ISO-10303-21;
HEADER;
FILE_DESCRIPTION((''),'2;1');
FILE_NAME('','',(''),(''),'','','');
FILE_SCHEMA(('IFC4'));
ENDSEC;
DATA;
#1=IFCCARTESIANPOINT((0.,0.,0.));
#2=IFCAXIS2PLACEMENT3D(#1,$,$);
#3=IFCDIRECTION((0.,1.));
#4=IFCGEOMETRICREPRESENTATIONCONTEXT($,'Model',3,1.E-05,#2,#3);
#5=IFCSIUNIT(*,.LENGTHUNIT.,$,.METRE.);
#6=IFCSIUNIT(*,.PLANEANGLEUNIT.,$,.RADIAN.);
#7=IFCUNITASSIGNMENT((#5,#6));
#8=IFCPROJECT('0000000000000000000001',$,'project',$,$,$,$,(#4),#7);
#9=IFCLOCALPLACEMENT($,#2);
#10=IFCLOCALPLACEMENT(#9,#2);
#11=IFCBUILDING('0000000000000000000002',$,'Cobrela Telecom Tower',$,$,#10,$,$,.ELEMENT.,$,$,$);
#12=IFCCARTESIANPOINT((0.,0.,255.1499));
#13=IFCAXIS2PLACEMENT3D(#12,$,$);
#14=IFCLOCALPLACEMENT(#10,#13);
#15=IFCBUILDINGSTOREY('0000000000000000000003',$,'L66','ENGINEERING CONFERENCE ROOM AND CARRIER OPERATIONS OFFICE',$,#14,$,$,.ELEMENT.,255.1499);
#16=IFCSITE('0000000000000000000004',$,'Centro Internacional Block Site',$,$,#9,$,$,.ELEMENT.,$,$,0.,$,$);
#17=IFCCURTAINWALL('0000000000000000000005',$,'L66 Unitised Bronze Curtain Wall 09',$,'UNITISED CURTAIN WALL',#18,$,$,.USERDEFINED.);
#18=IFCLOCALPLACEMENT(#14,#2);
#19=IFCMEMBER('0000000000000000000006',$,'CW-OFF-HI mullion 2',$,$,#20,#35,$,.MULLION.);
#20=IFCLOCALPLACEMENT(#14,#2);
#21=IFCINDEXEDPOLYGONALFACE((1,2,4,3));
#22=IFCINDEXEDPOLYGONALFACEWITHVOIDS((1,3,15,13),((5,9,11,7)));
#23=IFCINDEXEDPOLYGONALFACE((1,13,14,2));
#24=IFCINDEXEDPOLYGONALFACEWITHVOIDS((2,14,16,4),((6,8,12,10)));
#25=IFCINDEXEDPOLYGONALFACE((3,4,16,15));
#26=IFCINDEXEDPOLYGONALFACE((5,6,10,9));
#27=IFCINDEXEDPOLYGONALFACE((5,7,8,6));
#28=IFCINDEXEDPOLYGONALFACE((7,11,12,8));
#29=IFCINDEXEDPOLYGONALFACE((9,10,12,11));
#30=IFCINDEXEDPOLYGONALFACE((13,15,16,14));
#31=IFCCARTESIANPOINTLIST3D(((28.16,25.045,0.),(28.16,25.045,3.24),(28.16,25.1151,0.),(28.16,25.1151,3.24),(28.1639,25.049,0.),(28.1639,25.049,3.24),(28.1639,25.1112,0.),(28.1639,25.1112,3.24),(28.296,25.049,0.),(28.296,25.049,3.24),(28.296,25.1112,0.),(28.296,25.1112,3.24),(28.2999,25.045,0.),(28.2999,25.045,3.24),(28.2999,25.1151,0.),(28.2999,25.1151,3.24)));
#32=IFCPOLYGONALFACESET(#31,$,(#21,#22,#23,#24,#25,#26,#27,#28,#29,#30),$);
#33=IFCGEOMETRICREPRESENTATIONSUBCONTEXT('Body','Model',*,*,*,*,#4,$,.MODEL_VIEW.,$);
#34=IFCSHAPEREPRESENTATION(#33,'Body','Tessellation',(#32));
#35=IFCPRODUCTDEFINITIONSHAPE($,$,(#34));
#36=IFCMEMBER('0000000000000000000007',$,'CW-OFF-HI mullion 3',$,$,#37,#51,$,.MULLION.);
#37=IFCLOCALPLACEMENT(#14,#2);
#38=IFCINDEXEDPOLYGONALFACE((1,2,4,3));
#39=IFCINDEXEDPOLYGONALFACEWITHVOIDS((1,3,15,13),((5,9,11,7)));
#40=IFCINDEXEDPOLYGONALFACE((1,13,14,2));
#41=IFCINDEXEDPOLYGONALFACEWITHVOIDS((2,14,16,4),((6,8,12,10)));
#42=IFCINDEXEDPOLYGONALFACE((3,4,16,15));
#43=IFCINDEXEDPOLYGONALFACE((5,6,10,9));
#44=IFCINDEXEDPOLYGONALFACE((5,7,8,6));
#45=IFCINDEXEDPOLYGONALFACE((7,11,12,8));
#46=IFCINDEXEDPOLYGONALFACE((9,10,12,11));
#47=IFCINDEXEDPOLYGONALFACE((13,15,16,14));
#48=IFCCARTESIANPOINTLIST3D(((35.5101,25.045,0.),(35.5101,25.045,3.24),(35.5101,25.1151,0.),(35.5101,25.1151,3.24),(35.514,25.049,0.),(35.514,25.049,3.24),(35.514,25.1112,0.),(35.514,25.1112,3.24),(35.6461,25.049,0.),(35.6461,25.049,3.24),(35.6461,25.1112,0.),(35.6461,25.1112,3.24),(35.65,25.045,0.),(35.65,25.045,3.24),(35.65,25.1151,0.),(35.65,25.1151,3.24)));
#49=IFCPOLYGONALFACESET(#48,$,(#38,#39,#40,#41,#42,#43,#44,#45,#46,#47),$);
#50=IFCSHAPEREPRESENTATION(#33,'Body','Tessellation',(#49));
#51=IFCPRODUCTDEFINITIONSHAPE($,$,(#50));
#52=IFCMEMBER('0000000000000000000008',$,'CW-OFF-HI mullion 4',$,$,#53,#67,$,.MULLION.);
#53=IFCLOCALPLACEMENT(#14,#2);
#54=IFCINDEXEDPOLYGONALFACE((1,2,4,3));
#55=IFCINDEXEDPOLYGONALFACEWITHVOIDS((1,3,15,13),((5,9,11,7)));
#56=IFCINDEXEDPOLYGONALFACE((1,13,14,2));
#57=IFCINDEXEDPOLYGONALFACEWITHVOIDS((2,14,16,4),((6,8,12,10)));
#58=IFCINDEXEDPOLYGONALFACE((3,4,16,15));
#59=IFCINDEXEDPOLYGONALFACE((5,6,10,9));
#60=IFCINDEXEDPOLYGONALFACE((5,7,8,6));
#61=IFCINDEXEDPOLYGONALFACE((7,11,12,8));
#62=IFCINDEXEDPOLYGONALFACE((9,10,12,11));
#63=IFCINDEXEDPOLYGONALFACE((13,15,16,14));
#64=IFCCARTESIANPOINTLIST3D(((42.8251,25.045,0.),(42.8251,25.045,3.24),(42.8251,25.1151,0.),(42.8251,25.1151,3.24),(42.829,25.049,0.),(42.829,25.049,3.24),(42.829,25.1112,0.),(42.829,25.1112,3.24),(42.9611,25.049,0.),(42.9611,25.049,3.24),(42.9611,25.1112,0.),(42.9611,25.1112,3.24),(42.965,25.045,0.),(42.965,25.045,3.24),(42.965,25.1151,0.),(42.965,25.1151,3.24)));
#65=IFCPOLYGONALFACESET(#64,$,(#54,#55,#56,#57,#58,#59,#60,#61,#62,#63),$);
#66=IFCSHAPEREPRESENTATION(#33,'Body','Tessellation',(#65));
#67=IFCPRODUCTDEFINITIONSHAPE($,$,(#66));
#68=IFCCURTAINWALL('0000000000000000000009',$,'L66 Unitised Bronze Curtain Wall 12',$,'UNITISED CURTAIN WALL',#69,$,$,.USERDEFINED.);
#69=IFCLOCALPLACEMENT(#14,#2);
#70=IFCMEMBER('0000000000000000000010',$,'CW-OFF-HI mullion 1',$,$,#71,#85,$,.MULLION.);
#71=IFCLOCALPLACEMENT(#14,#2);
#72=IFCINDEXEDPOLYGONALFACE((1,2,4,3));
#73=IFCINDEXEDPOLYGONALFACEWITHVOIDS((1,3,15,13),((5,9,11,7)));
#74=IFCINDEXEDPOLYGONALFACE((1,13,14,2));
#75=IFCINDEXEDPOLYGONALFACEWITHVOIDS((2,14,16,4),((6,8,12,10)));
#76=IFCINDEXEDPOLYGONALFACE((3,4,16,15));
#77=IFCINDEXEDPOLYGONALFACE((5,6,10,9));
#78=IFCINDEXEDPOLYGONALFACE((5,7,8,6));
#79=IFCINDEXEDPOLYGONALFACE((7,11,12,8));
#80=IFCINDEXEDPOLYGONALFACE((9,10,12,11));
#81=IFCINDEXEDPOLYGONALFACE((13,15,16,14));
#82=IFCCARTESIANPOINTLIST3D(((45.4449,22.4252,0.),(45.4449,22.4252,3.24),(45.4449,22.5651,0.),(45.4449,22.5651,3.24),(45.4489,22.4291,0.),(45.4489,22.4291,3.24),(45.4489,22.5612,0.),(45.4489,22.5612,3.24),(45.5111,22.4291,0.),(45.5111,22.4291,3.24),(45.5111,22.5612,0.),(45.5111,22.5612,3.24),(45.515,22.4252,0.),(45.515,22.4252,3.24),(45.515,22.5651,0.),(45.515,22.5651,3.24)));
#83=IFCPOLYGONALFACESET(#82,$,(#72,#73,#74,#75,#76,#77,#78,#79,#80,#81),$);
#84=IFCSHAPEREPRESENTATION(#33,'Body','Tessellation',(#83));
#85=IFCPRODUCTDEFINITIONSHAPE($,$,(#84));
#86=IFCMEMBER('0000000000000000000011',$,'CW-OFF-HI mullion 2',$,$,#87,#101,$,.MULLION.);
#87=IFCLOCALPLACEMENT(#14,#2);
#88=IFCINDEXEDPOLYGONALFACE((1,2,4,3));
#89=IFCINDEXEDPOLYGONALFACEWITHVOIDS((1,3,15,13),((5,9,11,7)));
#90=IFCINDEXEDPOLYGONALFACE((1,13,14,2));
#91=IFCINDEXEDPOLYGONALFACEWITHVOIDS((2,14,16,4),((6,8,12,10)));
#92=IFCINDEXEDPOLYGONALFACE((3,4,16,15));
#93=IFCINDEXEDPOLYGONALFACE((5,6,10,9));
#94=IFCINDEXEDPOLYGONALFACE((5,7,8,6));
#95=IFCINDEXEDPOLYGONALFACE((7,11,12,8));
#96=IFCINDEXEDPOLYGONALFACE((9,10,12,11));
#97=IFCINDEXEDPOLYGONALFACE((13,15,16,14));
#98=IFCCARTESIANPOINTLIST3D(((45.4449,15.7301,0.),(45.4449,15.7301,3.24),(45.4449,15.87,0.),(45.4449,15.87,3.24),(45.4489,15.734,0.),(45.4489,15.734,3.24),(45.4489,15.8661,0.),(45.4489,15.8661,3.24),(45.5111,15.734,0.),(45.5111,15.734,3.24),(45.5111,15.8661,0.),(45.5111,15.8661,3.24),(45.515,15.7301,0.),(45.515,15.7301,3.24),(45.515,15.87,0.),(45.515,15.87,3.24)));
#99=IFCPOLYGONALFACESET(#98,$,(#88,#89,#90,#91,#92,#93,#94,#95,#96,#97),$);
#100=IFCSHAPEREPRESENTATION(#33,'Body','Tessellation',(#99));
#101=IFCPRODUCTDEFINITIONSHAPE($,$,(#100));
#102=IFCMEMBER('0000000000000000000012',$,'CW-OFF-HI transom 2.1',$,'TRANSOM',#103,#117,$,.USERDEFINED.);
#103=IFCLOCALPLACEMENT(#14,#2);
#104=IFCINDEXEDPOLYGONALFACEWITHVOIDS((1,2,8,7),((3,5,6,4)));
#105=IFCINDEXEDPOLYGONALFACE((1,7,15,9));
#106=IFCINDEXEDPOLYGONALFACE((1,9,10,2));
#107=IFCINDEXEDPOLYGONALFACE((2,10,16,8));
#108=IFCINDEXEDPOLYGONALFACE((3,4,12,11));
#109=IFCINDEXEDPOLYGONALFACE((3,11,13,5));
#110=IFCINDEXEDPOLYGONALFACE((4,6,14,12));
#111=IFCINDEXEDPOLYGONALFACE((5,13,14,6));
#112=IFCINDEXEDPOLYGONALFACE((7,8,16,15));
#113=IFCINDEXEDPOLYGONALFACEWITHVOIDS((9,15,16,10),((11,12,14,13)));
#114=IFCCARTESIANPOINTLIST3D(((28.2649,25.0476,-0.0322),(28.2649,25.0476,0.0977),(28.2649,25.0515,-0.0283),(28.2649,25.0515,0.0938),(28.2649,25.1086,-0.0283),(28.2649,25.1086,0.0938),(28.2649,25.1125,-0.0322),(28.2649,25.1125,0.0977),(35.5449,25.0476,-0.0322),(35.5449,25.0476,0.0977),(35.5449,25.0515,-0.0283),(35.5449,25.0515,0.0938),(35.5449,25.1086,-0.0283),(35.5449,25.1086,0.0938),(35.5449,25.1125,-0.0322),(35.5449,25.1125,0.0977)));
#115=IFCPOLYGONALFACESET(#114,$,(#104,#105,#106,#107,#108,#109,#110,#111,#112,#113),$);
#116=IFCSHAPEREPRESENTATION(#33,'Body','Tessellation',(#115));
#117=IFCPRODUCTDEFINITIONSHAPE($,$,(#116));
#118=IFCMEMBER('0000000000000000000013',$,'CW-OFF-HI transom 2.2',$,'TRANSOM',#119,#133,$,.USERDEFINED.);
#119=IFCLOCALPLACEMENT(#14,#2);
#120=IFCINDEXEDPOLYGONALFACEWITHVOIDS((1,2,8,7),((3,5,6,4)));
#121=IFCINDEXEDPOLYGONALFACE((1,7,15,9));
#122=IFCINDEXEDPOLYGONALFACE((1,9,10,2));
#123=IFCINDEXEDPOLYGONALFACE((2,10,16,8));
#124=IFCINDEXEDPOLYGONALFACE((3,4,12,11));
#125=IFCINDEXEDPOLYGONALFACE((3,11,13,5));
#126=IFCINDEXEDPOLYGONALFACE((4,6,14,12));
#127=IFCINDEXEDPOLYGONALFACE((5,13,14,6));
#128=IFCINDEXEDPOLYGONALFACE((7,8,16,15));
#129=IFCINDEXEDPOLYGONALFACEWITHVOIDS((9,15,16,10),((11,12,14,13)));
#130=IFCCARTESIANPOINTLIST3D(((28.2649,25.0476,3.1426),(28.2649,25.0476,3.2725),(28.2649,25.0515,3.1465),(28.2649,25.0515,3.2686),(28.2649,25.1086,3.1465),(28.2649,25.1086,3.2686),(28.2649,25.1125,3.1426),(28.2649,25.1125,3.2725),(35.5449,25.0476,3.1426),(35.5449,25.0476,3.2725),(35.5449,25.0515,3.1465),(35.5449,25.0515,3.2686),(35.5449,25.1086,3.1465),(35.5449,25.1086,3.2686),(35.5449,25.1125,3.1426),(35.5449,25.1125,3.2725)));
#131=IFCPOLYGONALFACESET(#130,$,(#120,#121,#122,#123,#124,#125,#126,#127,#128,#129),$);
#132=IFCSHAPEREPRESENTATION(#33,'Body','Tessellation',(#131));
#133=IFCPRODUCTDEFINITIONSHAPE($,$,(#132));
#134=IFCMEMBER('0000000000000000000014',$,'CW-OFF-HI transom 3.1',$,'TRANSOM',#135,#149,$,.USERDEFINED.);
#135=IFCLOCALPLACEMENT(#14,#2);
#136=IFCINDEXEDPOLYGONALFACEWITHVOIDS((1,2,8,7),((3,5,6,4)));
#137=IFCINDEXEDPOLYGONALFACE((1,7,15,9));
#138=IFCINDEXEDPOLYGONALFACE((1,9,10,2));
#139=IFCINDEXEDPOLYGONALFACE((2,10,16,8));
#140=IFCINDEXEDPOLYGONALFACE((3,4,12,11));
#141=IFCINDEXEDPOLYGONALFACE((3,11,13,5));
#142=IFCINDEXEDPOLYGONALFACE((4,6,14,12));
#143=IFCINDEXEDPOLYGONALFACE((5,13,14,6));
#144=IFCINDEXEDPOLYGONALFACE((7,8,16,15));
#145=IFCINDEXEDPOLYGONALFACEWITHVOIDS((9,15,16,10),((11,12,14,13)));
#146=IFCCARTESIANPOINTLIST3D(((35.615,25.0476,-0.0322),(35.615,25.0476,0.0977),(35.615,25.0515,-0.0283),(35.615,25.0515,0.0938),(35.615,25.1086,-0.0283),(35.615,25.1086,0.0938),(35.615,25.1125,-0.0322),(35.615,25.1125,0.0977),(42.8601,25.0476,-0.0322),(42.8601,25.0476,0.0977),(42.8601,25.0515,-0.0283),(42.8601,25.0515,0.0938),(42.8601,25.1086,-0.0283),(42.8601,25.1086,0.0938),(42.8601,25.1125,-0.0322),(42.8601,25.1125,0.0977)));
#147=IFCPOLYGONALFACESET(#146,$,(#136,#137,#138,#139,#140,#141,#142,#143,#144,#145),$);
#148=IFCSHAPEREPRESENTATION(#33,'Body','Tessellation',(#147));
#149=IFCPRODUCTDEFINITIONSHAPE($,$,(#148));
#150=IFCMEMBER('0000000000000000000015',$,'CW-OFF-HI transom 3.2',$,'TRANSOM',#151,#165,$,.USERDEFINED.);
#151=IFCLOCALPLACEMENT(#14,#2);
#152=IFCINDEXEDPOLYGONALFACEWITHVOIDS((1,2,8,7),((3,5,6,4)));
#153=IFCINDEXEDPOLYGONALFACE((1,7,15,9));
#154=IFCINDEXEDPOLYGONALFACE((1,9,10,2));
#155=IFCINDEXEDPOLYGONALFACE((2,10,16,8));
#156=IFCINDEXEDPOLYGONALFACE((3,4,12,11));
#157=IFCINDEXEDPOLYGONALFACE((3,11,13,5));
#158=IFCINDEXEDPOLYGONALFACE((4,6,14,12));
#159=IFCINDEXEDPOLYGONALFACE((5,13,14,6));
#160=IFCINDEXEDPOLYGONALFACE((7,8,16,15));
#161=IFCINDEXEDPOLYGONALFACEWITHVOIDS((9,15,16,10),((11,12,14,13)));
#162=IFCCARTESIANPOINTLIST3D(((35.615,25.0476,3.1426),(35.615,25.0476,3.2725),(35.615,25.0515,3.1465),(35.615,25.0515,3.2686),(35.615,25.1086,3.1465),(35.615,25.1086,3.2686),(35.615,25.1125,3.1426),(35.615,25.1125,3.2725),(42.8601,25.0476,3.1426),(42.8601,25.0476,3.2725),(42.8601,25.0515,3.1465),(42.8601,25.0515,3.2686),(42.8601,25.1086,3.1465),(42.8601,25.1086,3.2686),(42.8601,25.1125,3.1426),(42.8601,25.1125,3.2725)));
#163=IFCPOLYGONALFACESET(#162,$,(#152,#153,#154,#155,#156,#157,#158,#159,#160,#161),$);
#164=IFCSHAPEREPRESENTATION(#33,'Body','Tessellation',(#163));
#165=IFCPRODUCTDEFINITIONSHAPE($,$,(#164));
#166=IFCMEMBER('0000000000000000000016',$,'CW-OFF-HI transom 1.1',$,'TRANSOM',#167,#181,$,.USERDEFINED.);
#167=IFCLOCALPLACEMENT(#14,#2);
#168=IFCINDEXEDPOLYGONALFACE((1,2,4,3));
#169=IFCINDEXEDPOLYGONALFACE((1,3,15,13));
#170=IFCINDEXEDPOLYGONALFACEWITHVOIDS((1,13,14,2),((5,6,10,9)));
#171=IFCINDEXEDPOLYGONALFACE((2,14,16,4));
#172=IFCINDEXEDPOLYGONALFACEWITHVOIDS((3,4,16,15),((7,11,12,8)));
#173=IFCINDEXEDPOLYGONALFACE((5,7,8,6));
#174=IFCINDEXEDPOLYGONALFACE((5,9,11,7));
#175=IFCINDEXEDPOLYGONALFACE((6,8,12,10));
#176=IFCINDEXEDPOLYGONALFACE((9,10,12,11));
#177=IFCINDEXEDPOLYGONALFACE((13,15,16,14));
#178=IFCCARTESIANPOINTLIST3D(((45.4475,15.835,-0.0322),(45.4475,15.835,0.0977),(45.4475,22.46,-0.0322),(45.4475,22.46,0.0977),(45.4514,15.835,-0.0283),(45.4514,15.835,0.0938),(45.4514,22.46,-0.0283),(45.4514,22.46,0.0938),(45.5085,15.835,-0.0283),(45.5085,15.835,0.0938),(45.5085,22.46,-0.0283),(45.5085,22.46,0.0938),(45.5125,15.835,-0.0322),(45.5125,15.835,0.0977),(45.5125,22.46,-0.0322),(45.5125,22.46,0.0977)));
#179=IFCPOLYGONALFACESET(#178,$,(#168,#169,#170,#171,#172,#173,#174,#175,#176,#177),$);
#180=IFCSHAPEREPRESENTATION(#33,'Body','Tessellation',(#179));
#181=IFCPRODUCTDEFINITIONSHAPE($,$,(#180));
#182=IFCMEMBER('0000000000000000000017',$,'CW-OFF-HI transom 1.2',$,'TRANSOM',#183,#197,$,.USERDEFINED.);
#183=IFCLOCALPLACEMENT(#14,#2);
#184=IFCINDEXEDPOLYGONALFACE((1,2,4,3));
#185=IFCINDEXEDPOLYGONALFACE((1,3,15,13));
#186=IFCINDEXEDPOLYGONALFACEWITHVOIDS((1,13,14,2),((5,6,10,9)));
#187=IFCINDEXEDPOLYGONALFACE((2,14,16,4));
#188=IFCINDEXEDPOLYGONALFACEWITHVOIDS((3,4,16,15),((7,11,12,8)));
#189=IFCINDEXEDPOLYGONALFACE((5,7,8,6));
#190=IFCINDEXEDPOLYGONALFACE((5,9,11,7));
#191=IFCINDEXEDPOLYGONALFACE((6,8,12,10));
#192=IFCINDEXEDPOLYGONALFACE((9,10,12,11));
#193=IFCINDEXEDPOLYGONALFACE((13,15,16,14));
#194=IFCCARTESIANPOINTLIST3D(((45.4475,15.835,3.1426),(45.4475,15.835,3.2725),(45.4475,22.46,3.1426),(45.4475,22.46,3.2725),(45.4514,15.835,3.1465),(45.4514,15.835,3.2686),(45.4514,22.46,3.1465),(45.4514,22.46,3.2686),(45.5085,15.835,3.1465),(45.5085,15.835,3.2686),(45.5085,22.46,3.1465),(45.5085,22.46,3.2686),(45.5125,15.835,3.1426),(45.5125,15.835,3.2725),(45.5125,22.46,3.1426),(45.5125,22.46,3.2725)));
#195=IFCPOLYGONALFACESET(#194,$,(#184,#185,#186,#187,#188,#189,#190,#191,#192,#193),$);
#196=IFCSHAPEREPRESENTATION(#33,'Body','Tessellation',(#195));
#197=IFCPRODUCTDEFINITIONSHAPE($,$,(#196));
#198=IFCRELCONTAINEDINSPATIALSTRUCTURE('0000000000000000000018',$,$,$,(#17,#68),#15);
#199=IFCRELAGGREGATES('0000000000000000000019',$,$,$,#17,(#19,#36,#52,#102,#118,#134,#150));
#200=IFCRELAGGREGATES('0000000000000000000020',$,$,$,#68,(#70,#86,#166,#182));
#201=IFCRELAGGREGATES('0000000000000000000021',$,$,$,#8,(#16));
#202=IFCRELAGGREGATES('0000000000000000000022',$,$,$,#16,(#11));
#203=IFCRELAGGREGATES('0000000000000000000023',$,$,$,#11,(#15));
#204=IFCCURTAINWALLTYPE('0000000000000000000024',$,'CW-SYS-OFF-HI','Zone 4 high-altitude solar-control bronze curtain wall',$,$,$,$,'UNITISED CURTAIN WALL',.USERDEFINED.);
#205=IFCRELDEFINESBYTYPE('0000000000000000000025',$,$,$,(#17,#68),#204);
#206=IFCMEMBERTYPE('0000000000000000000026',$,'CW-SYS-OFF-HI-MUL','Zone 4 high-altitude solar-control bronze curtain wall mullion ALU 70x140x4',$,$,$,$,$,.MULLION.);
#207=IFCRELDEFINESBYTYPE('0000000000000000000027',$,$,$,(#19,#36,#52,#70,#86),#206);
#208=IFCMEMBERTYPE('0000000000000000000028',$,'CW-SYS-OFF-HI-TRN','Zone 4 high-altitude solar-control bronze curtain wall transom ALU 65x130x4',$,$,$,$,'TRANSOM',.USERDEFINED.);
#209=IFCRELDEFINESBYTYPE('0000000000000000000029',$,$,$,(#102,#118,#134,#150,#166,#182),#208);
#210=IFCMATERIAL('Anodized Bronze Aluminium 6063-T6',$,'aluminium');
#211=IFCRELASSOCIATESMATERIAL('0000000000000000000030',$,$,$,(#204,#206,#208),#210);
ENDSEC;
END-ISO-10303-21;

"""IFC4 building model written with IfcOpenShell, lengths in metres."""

from ifc_helpers import new_model, si_unit, direction, frame, origin, origin_2d, place, context, subcontext, project, spatial, hollow_rectangle, extrude, material, material_profile, profile_set, type_object, element, aggregate, save


model = new_model("IFC4")

# Units and contexts
model_context = context("Model", 3, precision=1e-05, world=origin(), true_north=direction((0.0, 1.0)))
body_context = subcontext(model_context, "Body", "Model", "MODEL_VIEW")
ifc_project = project(units=[si_unit("LENGTHUNIT", "METRE"), si_unit("PLANEANGLEUNIT", "RADIAN")], contexts=[model_context])

# Site, building, storey
site_placement = place(None, origin())
site = spatial("IfcSite", under=ifc_project, at=site_placement, Name="Centro Internacional Block Site", CompositionType="ELEMENT", RefElevation=0.0)
building_placement = place(site_placement, origin())
building = spatial("IfcBuilding", under=site, at=building_placement, Name="Cobrela Telecom Tower", CompositionType="ELEMENT")
storey_placement = place(building_placement, frame((0.0, 0.0, 255.1499)))
storey = spatial("IfcBuildingStorey", under=building, at=storey_placement, Name="L66", Description="ENGINEERING CONFERENCE ROOM AND CARRIER OPERATIONS OFFICE", CompositionType="ELEMENT", Elevation=255.1499)

# Curtain walls, members
ifc_material_1 = material(Name="Anodized Bronze Aluminium 6063-T6", Category="aluminium")
curtain_wall_type = type_object("IfcCurtainWallType", Name="CW-SYS-OFF-HI", Description="Zone 4 high-altitude solar-control bronze curtain wall", ElementType="UNITISED CURTAIN WALL", PredefinedType="USERDEFINED", material=ifc_material_1)
curtain_wall_1_placement = place(storey_placement, origin())
curtain_wall_1 = element("IfcCurtainWall", 1, at=curtain_wall_1_placement, inside=storey, type_object=curtain_wall_type, Name="L66 Unitised Bronze Curtain Wall 09", ObjectType="UNITISED CURTAIN WALL", PredefinedType="USERDEFINED")
ifc_material_profile_1 = material_profile(ifc_material_1, hollow_rectangle(XDim=0.0701, YDim=0.1399, WallThickness=0.0039, at=origin_2d()), Name="ALU 70x140x4")
ifc_profile_set_1 = profile_set([ifc_material_profile_1], Name="Anodized Bronze Aluminium 6063-T6")
member_type_1 = type_object("IfcMemberType", Name="CW-SYS-OFF-HI-MUL", Description="Zone 4 high-altitude solar-control bronze curtain wall mullion ALU 70x140x4", PredefinedType="MULLION", material=ifc_profile_set_1)
member_1_placement = place(storey_placement, frame((28.23, 25.0801, 0.0), z_axis=(0.0, 0.0, 1.0), x_axis=(0.0, 1.0, 0.0)))
member_1 = element("IfcMember", 2, at=member_1_placement, type_object=member_type_1, Name="CW-OFF-HI mullion 2", PredefinedType="MULLION", context=body_context, shape_type="SweptSolid", body=[
    extrude(hollow_rectangle(XDim=0.0701, YDim=0.1399, WallThickness=0.0039, at=origin_2d()), origin(), (0.0, 0.0, 1.0), 3.24),
])
member_2_placement = place(storey_placement, frame((35.5801, 25.0801, 0.0), z_axis=(0.0, 0.0, 1.0), x_axis=(0.0, 1.0, 0.0)))
member_2 = element("IfcMember", 3, at=member_2_placement, type_object=member_type_1, Name="CW-OFF-HI mullion 3", PredefinedType="MULLION", context=body_context, shape_type="SweptSolid", body=[
    extrude(hollow_rectangle(XDim=0.0701, YDim=0.1399, WallThickness=0.0039, at=origin_2d()), origin(), (0.0, 0.0, 1.0), 3.24),
])
member_3_placement = place(storey_placement, frame((42.895, 25.0801, 0.0), z_axis=(0.0, 0.0, 1.0), x_axis=(0.0, 1.0, 0.0)))
member_3 = element("IfcMember", 4, at=member_3_placement, type_object=member_type_1, Name="CW-OFF-HI mullion 4", PredefinedType="MULLION", context=body_context, shape_type="SweptSolid", body=[
    extrude(hollow_rectangle(XDim=0.0701, YDim=0.1399, WallThickness=0.0039, at=origin_2d()), origin(), (0.0, 0.0, 1.0), 3.24),
])
curtain_wall_2_placement = place(storey_placement, origin())
curtain_wall_2 = element("IfcCurtainWall", 5, at=curtain_wall_2_placement, inside=storey, type_object=curtain_wall_type, Name="L66 Unitised Bronze Curtain Wall 12", ObjectType="UNITISED CURTAIN WALL", PredefinedType="USERDEFINED")
member_4_placement = place(storey_placement, frame((45.48, 22.4951, 0.0), z_axis=(0.0, 0.0, 1.0), x_axis=(1.0, 0.0, 0.0)))
member_4 = element("IfcMember", 6, at=member_4_placement, type_object=member_type_1, Name="CW-OFF-HI mullion 1", PredefinedType="MULLION", context=body_context, shape_type="SweptSolid", body=[
    extrude(hollow_rectangle(XDim=0.0701, YDim=0.1399, WallThickness=0.0039, at=origin_2d()), origin(), (0.0, 0.0, 1.0), 3.24),
])
member_5_placement = place(storey_placement, frame((45.48, 15.8, 0.0), z_axis=(0.0, 0.0, 1.0), x_axis=(1.0, 0.0, 0.0)))
member_5 = element("IfcMember", 7, at=member_5_placement, type_object=member_type_1, Name="CW-OFF-HI mullion 2", PredefinedType="MULLION", context=body_context, shape_type="SweptSolid", body=[
    extrude(hollow_rectangle(XDim=0.0701, YDim=0.1399, WallThickness=0.0039, at=origin_2d()), origin(), (0.0, 0.0, 1.0), 3.24),
])

# Members
ifc_material_profile_2 = material_profile(ifc_material_1, hollow_rectangle(XDim=0.0649, YDim=0.1299, WallThickness=0.0039, at=origin_2d()), Name="ALU 65x130x4")
ifc_profile_set_2 = profile_set([ifc_material_profile_2], Name="Anodized Bronze Aluminium 6063-T6")
member_type_2 = type_object("IfcMemberType", Name="CW-SYS-OFF-HI-TRN", Description="Zone 4 high-altitude solar-control bronze curtain wall transom ALU 65x130x4", ElementType="TRANSOM", PredefinedType="USERDEFINED", material=ifc_profile_set_2)
member_6_placement = place(storey_placement, frame((28.2649, 25.0801, 0.0327), z_axis=(1.0, 0.0, 0.0), x_axis=(0.0, 1.0, 0.0)))
member_6 = element("IfcMember", 8, at=member_6_placement, type_object=member_type_2, Name="CW-OFF-HI transom 2.1", ObjectType="TRANSOM", PredefinedType="USERDEFINED", context=body_context, shape_type="SweptSolid", body=[
    extrude(hollow_rectangle(XDim=0.0649, YDim=0.1299, WallThickness=0.0039, at=origin_2d()), origin(), (0.0, 0.0, 1.0), 7.28),
])
member_7_placement = place(storey_placement, frame((28.2649, 25.0801, 3.2075), z_axis=(1.0, 0.0, 0.0), x_axis=(0.0, 1.0, 0.0)))
member_7 = element("IfcMember", 9, at=member_7_placement, type_object=member_type_2, Name="CW-OFF-HI transom 2.2", ObjectType="TRANSOM", PredefinedType="USERDEFINED", context=body_context, shape_type="SweptSolid", body=[
    extrude(hollow_rectangle(XDim=0.0649, YDim=0.1299, WallThickness=0.0039, at=origin_2d()), origin(), (0.0, 0.0, 1.0), 7.28),
])
member_8_placement = place(storey_placement, frame((35.615, 25.0801, 0.0327), z_axis=(1.0, 0.0, 0.0), x_axis=(0.0, 1.0, 0.0)))
member_8 = element("IfcMember", 10, at=member_8_placement, type_object=member_type_2, Name="CW-OFF-HI transom 3.1", ObjectType="TRANSOM", PredefinedType="USERDEFINED", context=body_context, shape_type="SweptSolid", body=[
    extrude(hollow_rectangle(XDim=0.0649, YDim=0.1299, WallThickness=0.0039, at=origin_2d()), origin(), (0.0, 0.0, 1.0), 7.2451),
])
member_9_placement = place(storey_placement, frame((35.615, 25.0801, 3.2075), z_axis=(1.0, 0.0, 0.0), x_axis=(0.0, 1.0, 0.0)))
member_9 = element("IfcMember", 11, at=member_9_placement, type_object=member_type_2, Name="CW-OFF-HI transom 3.2", ObjectType="TRANSOM", PredefinedType="USERDEFINED", context=body_context, shape_type="SweptSolid", body=[
    extrude(hollow_rectangle(XDim=0.0649, YDim=0.1299, WallThickness=0.0039, at=origin_2d()), origin(), (0.0, 0.0, 1.0), 7.2451),
])
member_10_placement = place(storey_placement, frame((45.48, 22.46, 0.0327), z_axis=(0.0, -1.0, 0.0), x_axis=(1.0, 0.0, 0.0)))
member_10 = element("IfcMember", 12, at=member_10_placement, type_object=member_type_2, Name="CW-OFF-HI transom 1.1", ObjectType="TRANSOM", PredefinedType="USERDEFINED", context=body_context, shape_type="SweptSolid", body=[
    extrude(hollow_rectangle(XDim=0.0649, YDim=0.1299, WallThickness=0.0039, at=origin_2d()), origin(), (0.0, 0.0, 1.0), 6.625),
])
member_11_placement = place(storey_placement, frame((45.48, 22.46, 3.2075), z_axis=(0.0, -1.0, 0.0), x_axis=(1.0, 0.0, 0.0)))
member_11 = element("IfcMember", 13, at=member_11_placement, type_object=member_type_2, Name="CW-OFF-HI transom 1.2", ObjectType="TRANSOM", PredefinedType="USERDEFINED", context=body_context, shape_type="SweptSolid", body=[
    extrude(hollow_rectangle(XDim=0.0649, YDim=0.1299, WallThickness=0.0039, at=origin_2d()), origin(), (0.0, 0.0, 1.0), 6.625),
])

aggregate(curtain_wall_1, [member_1, member_2, member_3, member_6, member_7, member_8, member_9])
aggregate(curtain_wall_2, [member_4, member_5, member_10, member_11])

save(model, "model.ifc")
